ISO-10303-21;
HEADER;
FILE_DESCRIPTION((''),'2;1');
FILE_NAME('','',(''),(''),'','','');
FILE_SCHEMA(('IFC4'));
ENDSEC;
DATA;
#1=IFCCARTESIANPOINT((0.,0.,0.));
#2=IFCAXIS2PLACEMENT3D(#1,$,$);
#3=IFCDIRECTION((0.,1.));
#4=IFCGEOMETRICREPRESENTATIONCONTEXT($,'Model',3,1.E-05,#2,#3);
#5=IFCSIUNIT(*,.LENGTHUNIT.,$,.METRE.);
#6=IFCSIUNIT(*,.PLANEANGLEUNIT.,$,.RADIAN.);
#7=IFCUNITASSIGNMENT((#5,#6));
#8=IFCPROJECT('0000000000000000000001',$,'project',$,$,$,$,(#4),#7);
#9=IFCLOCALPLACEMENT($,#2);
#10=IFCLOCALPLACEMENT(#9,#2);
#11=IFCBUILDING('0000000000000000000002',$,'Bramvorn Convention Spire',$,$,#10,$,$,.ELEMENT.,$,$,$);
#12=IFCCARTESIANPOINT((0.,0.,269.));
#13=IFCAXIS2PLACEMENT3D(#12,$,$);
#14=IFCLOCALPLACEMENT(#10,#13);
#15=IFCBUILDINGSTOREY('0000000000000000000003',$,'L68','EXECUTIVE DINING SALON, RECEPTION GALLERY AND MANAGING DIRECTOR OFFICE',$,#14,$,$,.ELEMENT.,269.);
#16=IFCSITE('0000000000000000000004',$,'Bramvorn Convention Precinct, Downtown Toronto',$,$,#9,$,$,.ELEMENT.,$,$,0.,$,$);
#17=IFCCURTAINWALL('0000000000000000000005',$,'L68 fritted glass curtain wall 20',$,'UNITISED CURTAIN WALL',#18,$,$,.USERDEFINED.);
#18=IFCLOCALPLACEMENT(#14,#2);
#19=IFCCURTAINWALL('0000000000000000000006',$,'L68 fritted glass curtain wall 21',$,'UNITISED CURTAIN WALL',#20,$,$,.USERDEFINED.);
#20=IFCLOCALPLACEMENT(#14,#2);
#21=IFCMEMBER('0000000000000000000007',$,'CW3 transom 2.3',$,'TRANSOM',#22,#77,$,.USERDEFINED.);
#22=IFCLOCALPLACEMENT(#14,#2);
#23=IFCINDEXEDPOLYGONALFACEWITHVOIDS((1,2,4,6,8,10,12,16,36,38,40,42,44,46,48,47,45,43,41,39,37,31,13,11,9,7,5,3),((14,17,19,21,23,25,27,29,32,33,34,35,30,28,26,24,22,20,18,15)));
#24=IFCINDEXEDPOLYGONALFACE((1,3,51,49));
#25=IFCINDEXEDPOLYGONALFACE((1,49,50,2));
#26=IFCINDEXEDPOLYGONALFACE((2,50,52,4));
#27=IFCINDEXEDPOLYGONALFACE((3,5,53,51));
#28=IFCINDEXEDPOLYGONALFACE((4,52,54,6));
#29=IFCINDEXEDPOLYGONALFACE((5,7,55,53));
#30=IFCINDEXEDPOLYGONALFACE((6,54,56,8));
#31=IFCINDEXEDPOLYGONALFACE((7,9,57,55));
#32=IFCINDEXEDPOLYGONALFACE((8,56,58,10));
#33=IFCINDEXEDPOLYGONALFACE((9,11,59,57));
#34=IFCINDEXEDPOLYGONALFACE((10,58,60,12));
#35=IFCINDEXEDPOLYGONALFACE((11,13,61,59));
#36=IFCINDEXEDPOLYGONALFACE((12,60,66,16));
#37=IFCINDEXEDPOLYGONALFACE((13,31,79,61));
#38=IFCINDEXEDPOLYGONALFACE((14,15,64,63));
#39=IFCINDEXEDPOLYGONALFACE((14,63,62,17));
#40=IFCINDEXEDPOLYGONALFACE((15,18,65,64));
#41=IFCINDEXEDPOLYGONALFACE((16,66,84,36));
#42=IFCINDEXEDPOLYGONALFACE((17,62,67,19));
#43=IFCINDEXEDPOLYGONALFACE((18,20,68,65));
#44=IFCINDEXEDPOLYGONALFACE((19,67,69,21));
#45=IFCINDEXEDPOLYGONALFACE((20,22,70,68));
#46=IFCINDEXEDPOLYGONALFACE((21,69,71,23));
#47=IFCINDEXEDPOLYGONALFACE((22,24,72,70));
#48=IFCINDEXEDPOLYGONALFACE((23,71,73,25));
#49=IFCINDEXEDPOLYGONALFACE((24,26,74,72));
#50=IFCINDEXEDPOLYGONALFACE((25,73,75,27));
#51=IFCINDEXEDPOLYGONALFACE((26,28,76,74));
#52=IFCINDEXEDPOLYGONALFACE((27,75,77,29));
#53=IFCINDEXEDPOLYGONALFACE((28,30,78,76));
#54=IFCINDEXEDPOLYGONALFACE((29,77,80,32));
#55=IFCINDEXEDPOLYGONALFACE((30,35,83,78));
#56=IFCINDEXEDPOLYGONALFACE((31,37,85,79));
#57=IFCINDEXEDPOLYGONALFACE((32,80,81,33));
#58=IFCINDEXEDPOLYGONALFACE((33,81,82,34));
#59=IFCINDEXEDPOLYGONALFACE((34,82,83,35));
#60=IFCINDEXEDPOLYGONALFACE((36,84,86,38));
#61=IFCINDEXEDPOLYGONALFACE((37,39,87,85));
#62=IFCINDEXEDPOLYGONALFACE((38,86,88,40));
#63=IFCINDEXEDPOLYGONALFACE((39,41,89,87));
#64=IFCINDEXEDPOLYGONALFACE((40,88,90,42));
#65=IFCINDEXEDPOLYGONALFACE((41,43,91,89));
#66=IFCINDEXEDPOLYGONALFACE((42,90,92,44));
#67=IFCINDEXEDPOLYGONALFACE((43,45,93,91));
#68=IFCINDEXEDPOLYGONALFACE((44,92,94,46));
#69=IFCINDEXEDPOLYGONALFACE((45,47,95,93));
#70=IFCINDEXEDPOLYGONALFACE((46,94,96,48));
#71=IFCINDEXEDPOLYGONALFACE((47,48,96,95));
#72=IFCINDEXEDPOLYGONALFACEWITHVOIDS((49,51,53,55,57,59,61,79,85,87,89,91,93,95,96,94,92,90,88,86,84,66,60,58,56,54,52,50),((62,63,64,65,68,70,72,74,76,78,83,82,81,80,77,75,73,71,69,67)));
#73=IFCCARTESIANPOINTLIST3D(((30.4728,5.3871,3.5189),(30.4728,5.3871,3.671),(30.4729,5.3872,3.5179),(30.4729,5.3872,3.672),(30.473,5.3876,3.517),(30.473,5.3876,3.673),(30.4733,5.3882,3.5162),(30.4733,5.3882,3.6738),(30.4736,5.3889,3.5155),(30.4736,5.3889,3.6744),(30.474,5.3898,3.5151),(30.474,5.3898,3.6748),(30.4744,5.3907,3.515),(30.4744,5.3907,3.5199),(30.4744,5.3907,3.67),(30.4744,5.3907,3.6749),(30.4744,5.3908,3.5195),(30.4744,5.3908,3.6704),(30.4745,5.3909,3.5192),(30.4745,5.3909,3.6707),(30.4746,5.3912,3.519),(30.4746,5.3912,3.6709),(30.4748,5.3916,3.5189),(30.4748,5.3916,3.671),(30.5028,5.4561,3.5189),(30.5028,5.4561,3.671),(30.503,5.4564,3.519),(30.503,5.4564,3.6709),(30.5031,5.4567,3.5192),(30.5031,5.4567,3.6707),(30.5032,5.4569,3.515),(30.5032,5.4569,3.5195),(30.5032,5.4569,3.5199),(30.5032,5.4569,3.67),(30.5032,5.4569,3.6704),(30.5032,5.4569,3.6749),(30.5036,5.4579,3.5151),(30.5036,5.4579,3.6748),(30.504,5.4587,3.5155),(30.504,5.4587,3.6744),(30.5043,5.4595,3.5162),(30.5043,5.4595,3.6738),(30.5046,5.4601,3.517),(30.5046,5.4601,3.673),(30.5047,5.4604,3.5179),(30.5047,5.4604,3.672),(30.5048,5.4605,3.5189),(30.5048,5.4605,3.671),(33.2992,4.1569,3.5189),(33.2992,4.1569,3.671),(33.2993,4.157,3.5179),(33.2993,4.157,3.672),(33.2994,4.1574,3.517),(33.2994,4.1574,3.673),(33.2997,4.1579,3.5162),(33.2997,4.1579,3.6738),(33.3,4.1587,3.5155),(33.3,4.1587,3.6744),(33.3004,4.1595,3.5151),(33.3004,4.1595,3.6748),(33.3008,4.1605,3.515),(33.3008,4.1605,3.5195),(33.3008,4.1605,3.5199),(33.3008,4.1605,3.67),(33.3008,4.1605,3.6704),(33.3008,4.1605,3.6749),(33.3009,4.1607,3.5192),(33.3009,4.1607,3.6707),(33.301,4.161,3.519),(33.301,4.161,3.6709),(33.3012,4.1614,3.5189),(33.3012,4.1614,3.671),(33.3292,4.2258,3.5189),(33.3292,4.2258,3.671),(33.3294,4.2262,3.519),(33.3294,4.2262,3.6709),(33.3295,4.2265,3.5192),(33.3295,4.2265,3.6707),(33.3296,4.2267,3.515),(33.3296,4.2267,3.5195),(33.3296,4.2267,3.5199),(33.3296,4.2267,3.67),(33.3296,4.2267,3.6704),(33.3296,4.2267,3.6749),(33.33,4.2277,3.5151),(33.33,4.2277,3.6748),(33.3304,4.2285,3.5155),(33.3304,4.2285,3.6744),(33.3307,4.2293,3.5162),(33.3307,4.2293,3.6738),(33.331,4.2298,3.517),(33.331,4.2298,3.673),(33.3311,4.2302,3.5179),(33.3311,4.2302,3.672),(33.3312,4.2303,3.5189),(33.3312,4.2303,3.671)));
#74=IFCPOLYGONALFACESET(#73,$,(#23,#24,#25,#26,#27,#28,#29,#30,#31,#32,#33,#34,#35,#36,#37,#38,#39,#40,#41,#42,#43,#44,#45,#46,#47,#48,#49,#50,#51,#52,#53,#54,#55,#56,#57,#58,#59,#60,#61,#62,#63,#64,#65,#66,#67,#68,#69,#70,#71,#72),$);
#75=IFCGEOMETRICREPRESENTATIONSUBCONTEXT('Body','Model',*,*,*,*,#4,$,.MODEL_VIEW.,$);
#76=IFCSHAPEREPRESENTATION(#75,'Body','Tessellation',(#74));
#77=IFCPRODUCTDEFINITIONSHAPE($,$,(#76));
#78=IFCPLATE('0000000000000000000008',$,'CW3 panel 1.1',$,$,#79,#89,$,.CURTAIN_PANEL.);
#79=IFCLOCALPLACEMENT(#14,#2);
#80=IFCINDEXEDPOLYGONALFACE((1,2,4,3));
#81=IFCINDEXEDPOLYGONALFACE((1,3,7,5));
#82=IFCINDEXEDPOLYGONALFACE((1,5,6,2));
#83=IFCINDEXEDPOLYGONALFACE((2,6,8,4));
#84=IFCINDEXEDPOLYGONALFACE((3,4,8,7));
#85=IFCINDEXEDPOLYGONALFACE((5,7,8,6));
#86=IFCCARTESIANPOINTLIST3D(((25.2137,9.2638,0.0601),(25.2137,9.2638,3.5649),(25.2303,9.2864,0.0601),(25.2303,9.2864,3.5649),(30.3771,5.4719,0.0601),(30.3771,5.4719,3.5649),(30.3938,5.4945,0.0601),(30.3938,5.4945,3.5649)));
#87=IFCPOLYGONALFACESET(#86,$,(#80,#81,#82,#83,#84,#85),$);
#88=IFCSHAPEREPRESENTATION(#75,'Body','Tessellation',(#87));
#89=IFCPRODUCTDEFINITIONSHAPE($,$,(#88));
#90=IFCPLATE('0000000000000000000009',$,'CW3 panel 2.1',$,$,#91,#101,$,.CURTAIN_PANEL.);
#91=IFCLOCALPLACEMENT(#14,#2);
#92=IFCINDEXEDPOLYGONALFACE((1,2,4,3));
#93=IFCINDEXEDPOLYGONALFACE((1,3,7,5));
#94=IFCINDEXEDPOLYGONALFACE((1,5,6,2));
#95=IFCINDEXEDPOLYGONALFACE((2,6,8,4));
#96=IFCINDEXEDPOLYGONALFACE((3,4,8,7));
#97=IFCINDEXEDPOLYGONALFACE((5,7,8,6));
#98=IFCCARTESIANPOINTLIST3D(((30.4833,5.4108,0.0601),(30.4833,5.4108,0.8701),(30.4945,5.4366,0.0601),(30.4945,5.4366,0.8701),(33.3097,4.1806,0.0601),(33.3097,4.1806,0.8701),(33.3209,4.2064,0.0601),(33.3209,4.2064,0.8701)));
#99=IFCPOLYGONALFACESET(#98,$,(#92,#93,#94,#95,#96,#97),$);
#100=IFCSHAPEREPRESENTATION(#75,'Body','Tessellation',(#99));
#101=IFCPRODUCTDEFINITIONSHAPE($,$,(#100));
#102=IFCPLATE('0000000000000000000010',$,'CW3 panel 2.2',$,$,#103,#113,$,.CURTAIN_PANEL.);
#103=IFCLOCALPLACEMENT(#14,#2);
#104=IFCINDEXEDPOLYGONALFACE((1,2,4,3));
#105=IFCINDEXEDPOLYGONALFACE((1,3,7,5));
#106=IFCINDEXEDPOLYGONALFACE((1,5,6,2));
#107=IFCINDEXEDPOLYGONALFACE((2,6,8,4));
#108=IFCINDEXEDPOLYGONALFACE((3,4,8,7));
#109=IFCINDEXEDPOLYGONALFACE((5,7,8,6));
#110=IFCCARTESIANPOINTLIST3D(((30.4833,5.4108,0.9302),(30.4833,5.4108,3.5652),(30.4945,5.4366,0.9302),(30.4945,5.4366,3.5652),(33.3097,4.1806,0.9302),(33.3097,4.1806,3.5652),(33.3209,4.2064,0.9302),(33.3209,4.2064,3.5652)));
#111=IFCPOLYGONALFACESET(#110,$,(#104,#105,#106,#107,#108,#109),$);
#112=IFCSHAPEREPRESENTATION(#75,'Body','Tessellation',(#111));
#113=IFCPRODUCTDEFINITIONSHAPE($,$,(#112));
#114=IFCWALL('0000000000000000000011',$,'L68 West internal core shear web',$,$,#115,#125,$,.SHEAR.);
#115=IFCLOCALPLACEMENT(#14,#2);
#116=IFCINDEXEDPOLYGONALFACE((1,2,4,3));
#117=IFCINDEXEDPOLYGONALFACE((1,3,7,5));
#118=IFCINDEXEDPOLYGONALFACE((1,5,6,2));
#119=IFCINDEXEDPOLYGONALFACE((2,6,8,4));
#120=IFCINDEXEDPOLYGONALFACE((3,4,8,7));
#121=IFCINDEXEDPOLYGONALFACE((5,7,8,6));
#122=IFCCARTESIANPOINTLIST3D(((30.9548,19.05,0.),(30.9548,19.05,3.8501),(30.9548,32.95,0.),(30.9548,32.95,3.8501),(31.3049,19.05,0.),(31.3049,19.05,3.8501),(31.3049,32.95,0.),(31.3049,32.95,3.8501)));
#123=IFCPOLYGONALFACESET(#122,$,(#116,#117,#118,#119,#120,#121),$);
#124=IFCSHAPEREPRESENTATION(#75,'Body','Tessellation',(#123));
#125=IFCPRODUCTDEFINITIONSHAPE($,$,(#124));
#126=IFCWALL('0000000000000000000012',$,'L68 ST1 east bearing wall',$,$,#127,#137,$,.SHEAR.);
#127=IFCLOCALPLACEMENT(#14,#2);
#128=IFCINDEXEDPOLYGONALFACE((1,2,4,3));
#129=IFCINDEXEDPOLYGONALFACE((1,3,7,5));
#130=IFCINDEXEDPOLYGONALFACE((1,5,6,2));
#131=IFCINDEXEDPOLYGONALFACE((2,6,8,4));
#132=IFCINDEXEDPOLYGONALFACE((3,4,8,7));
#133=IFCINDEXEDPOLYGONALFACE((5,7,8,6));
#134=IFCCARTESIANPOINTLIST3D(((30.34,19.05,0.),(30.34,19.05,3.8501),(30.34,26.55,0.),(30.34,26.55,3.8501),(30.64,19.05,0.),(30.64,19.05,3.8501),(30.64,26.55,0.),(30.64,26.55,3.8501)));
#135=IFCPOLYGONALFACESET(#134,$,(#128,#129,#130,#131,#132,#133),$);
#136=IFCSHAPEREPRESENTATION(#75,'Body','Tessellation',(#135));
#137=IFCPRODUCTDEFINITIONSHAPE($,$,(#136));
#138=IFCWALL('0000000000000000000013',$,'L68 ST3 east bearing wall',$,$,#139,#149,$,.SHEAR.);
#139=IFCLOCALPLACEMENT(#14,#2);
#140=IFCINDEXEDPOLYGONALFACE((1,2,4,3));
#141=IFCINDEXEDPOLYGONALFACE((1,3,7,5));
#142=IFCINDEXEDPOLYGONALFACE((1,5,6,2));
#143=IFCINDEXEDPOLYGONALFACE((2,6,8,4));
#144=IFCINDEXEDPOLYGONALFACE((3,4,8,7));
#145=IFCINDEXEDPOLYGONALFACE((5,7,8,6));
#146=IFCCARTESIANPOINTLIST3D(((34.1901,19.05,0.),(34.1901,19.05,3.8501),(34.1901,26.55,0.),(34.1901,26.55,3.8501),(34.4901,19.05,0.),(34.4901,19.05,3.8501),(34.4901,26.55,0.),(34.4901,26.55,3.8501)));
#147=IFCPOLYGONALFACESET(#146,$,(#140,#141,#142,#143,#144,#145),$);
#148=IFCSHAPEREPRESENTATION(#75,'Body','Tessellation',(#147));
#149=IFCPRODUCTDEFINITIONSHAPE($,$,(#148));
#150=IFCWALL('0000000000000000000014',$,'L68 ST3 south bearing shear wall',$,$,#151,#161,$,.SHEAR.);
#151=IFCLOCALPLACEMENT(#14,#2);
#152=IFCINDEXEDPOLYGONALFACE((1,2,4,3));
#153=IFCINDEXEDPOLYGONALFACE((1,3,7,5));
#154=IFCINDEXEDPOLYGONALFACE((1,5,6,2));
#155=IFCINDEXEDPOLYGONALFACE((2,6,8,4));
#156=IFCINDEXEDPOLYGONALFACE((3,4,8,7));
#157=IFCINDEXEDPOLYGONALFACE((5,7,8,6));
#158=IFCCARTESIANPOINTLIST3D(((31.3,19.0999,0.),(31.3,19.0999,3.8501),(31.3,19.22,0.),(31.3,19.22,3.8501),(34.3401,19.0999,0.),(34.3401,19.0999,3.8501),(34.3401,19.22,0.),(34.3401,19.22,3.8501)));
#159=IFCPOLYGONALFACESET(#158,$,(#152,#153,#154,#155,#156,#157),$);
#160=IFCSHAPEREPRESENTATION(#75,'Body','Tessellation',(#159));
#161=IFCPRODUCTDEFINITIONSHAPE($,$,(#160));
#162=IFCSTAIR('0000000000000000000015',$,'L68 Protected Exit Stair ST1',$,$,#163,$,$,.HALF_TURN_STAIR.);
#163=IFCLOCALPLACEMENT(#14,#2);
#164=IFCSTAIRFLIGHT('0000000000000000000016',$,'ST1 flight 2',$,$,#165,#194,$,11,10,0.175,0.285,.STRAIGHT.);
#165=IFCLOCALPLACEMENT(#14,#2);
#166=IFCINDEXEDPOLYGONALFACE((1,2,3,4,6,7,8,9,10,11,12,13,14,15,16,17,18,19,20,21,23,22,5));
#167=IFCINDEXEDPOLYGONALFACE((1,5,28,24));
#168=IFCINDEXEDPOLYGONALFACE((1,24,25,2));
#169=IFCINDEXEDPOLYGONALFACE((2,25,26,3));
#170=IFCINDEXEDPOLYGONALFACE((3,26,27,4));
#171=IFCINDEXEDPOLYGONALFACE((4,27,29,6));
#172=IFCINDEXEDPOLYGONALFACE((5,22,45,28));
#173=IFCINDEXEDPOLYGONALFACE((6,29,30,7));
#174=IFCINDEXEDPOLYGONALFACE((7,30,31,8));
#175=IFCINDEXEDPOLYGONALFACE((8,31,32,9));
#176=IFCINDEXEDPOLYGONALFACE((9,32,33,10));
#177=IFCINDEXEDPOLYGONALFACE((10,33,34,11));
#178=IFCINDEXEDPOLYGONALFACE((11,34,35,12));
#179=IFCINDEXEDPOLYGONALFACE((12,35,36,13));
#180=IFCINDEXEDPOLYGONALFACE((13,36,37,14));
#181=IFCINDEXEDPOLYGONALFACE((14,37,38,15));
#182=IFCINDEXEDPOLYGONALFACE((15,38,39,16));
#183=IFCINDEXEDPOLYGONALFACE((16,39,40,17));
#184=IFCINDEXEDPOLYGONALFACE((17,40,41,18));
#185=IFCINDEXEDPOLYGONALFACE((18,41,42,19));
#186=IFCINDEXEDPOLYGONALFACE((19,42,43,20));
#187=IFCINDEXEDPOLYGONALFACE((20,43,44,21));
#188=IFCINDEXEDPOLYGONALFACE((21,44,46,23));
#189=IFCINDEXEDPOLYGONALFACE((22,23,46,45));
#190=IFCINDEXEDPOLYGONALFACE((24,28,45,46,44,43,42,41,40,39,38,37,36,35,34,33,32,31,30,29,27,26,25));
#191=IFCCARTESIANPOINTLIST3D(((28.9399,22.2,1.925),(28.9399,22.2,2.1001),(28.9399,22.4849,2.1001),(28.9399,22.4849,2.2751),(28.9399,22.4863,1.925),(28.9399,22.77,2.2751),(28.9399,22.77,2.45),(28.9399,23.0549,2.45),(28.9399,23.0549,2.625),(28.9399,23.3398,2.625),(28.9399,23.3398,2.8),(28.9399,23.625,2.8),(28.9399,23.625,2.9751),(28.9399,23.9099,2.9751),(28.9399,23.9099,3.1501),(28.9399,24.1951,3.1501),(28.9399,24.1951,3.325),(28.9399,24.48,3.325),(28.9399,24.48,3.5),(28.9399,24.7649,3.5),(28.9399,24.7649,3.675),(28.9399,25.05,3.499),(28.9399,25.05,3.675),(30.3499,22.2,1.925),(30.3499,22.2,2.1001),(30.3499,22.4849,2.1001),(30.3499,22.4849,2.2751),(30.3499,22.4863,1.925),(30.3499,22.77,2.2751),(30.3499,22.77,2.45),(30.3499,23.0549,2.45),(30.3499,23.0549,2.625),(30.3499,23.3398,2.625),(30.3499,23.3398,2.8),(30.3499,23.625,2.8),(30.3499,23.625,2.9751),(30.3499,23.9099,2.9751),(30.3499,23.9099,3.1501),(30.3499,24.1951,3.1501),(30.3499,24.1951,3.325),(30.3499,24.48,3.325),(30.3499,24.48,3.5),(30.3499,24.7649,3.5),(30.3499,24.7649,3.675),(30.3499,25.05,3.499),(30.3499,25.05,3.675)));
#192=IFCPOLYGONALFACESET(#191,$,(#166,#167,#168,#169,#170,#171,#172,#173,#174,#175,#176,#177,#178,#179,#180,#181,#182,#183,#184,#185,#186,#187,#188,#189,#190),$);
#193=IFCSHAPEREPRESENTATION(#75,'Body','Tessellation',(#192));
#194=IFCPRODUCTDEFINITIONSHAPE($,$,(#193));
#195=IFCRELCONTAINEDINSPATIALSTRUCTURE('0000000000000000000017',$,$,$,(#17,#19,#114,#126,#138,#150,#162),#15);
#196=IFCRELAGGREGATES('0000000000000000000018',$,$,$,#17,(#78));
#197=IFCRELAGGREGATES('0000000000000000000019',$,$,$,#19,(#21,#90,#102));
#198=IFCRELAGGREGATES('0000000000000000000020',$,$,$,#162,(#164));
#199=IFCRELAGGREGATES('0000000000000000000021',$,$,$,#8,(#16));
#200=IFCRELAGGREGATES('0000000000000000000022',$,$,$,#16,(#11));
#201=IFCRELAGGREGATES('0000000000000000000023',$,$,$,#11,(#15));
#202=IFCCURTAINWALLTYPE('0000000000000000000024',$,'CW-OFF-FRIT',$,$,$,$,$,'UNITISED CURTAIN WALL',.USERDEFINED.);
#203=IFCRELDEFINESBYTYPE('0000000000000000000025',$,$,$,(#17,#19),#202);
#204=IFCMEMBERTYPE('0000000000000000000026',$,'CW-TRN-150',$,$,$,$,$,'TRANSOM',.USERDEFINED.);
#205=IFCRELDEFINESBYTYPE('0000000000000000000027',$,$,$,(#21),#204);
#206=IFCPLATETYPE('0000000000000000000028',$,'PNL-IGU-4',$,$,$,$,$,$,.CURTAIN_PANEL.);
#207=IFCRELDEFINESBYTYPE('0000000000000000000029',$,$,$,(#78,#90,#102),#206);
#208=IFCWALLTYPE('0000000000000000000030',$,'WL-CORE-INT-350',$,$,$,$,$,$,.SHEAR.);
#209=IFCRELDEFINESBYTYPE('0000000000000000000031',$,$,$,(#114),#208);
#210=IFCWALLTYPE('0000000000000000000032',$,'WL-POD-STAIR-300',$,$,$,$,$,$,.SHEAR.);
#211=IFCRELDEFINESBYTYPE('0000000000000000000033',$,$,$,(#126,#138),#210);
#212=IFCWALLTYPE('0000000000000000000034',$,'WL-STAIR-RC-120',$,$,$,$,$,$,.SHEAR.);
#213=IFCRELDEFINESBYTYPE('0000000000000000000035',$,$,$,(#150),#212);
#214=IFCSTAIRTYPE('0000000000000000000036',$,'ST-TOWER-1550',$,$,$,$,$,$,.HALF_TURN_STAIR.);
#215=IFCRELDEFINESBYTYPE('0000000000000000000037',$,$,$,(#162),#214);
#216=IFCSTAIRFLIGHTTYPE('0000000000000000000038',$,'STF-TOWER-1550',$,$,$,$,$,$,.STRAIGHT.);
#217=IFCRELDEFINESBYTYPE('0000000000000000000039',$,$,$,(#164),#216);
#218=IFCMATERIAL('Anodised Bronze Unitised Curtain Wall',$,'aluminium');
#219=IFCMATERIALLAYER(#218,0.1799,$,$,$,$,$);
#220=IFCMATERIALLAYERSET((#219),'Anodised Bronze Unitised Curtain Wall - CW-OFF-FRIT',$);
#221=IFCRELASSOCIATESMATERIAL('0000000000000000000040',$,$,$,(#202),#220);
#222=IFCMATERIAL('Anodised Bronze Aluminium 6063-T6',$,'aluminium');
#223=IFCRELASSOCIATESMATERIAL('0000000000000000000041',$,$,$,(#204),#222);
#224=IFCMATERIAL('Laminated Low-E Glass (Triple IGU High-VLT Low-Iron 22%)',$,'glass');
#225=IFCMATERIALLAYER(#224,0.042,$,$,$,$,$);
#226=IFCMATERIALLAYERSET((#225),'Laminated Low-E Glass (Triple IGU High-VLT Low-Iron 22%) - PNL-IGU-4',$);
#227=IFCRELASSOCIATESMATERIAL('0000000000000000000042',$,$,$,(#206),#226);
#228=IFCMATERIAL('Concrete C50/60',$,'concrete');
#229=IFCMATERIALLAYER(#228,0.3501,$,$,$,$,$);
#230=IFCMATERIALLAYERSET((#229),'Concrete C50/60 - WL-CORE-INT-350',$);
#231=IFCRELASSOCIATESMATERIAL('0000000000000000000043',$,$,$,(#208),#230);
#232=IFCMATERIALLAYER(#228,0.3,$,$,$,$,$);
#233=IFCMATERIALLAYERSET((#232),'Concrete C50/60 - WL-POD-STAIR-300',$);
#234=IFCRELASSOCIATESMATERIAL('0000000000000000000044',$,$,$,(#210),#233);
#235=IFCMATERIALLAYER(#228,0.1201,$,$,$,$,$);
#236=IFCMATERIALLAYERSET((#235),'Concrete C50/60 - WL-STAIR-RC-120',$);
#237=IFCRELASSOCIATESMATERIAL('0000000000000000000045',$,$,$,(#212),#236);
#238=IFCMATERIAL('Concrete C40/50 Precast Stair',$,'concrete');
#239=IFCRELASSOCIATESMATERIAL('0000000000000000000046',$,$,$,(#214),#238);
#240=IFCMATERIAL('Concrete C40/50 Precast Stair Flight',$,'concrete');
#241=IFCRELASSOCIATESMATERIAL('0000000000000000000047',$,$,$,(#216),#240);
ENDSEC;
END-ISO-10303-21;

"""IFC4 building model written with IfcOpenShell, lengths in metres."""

from ifc_helpers import new_model, si_unit, direction, frame, frame_2d, origin, origin_2d, place, context, subcontext, project, spatial, polyline, rectangle, hollow_rectangle, outline, extrude, material, layer, layer_set, material_profile, profile_set, type_object, element, aggregate, save


model = new_model("IFC4")

# Units and contexts
model_context = context("Model", 3, precision=1e-05, world=origin(), true_north=direction((0.0, 1.0)))
body_context = subcontext(model_context, "Body", "Model", "MODEL_VIEW")
ifc_project = project(units=[si_unit("LENGTHUNIT", "METRE"), si_unit("PLANEANGLEUNIT", "RADIAN")], contexts=[model_context])

# Site, building, storey
site_placement = place(None, origin())
site = spatial("IfcSite", under=ifc_project, at=site_placement, Name="Bramvorn Convention Precinct, Downtown Toronto", CompositionType="ELEMENT", RefElevation=0.0)
building_placement = place(site_placement, origin())
building = spatial("IfcBuilding", under=site, at=building_placement, Name="Bramvorn Convention Spire", CompositionType="ELEMENT")
storey_placement = place(building_placement, frame((0.0, 0.0, 269.0)))
storey = spatial("IfcBuildingStorey", under=building, at=storey_placement, Name="L68", Description="EXECUTIVE DINING SALON, RECEPTION GALLERY AND MANAGING DIRECTOR OFFICE", CompositionType="ELEMENT", Elevation=269.0)

# Curtain wall
ifc_material_1 = material(Name="Anodised Bronze Unitised Curtain Wall", Category="aluminium")
ifc_layer_1 = layer(ifc_material_1, 0.1799)
ifc_layer_set_1 = layer_set([ifc_layer_1], Name="Anodised Bronze Unitised Curtain Wall - CW-OFF-FRIT")
curtain_wall_type = type_object("IfcCurtainWallType", Name="CW-OFF-FRIT", ElementType="UNITISED CURTAIN WALL", PredefinedType="USERDEFINED", material=ifc_layer_set_1)
curtain_wall_1_placement = place(storey_placement, origin())
curtain_wall_1 = element("IfcCurtainWall", 1, at=curtain_wall_1_placement, inside=storey, type_object=curtain_wall_type, Name="L68 fritted glass curtain wall 20", ObjectType="UNITISED CURTAIN WALL", PredefinedType="USERDEFINED")
ifc_material_2 = material(Name="Anodised Bronze Aluminium 6063-T6", Category="aluminium")

# Curtain wall
curtain_wall_2_placement = place(storey_placement, origin())
curtain_wall_2 = element("IfcCurtainWall", 2, at=curtain_wall_2_placement, inside=storey, type_object=curtain_wall_type, Name="L68 fritted glass curtain wall 21", ObjectType="UNITISED CURTAIN WALL", PredefinedType="USERDEFINED")

# Member
ifc_material_profile_1 = material_profile(ifc_material_2, hollow_rectangle(XDim=0.0801, YDim=0.1599, WallThickness=0.0039, InnerFilletRadius=0.001, OuterFilletRadius=0.0039, at=origin_2d()))
ifc_profile_set_1 = profile_set([ifc_material_profile_1], Name="Anodised Bronze Aluminium 6063-T6 - CWT80X160")
member_type_1 = type_object("IfcMemberType", Name="CW-TRN-150", ElementType="TRANSOM", PredefinedType="USERDEFINED", material=ifc_profile_set_1)
member_1_placement = place(storey_placement, frame((33.3152, 4.1936, 3.595), z_axis=(-0.91691, 0.399094, 0.0), x_axis=(-0.399094, -0.91691, 0.0)))
member_1 = element("IfcMember", 3, at=member_1_placement, type_object=member_type_1, Name="CW3 transom 2.3", ObjectType="TRANSOM", PredefinedType="USERDEFINED", context=body_context, shape_type="SweptSolid", body=[
    extrude(hollow_rectangle(XDim=0.0801, YDim=0.1599, WallThickness=0.0039, InnerFilletRadius=0.001, OuterFilletRadius=0.0039, at=origin_2d()), origin(), (0.0, 0.0, 1.0), 3.0825),
])

# Plates
ifc_material_3 = material(Name="Laminated Low-E Glass (Triple IGU High-VLT Low-Iron 22%)", Category="glass")
ifc_layer_2 = layer(ifc_material_3, 0.042)
ifc_layer_set_2 = layer_set([ifc_layer_2], Name="Laminated Low-E Glass (Triple IGU High-VLT Low-Iron 22%) - PNL-IGU-4")
plate_type = type_object("IfcPlateType", Name="PNL-IGU-4", PredefinedType="CURTAIN_PANEL", material=ifc_layer_set_2)
plate_1_placement = place(storey_placement, frame((27.8037, 7.3792, 0.0601), z_axis=(0.0, 0.0, 1.0), x_axis=(-0.806009, 0.591904, 0.0)))
plate_1 = element("IfcPlate", 4, at=plate_1_placement, type_object=plate_type, Name="CW3 panel 1.1", PredefinedType="CURTAIN_PANEL", context=body_context, shape_type="SweptSolid", body=[
    extrude(rectangle(XDim=6.4062, YDim=0.0281, at=origin_2d()), origin(), (0.0, 0.0, 1.0), 3.5049),
])
aggregate(curtain_wall_1, [plate_1])
plate_2_placement = place(storey_placement, frame((31.9021, 4.8086, 0.0601), z_axis=(0.0, 0.0, 1.0), x_axis=(-0.916912, 0.399089, 0.0)))
plate_2 = element("IfcPlate", 5, at=plate_2_placement, type_object=plate_type, Name="CW3 panel 2.1", PredefinedType="CURTAIN_PANEL", context=body_context, shape_type="SweptSolid", body=[
    extrude(rectangle(XDim=3.0825, YDim=0.0281, at=origin_2d()), origin(), (0.0, 0.0, 1.0), 0.8101),
])
plate_3_placement = place(storey_placement, frame((31.9021, 4.8086, 0.9302), z_axis=(0.0, 0.0, 1.0), x_axis=(-0.916912, 0.399089, 0.0)))
plate_3 = element("IfcPlate", 6, at=plate_3_placement, type_object=plate_type, Name="CW3 panel 2.2", PredefinedType="CURTAIN_PANEL", context=body_context, shape_type="SweptSolid", body=[
    extrude(rectangle(XDim=3.0825, YDim=0.0281, at=origin_2d()), origin(), (0.0, 0.0, 1.0), 2.635),
])
aggregate(curtain_wall_2, [member_1, plate_2, plate_3])

# Walls
ifc_material_4 = material(Name="Concrete C50/60", Category="concrete")
ifc_layer_3 = layer(ifc_material_4, 0.3501)
ifc_layer_set_3 = layer_set([ifc_layer_3], Name="Concrete C50/60 - WL-CORE-INT-350")
wall_type_1 = type_object("IfcWallType", Name="WL-CORE-INT-350", PredefinedType="SHEAR", material=ifc_layer_set_3)
wall_1_placement = place(storey_placement, frame((31.1299, 19.05, 0.0), z_axis=(0.0, 0.0, 1.0), x_axis=(0.0, 1.0, 0.0)))
element("IfcWall", 7, at=wall_1_placement, inside=storey, type_object=wall_type_1, Name="L68 West internal core shear web", PredefinedType="SHEAR", context=body_context, shape_type="SweptSolid", body=[
    extrude(rectangle(XDim=13.8999, YDim=0.3501, at=frame_2d((6.95, 0.0))), origin(), (0.0, 0.0, 1.0), 3.8501),
])
ifc_layer_4 = layer(ifc_material_4, 0.3)
ifc_layer_set_4 = layer_set([ifc_layer_4], Name="Concrete C50/60 - WL-POD-STAIR-300")
wall_type_2 = type_object("IfcWallType", Name="WL-POD-STAIR-300", PredefinedType="SHEAR", material=ifc_layer_set_4)
for number, where, z_axis, x_axis, name in (
    (8, (30.49, 19.05, 0.0), (0.0, 0.0, 1.0), (0.0, 1.0, 0.0), "L68 ST1 east bearing wall"),
    (9, (34.3401, 19.05, 0.0), (0.0, 0.0, 1.0), (0.0, 1.0, 0.0), "L68 ST3 east bearing wall"),
):
    element("IfcWall", number, at=place(storey_placement, frame(where, z_axis=z_axis, x_axis=x_axis)), inside=storey, type_object=wall_type_2, Name=name, PredefinedType="SHEAR", context=body_context, shape_type="SweptSolid", body=[
        extrude(rectangle(XDim=7.5, YDim=0.3, at=frame_2d((3.75, 0.0))), origin(), (0.0, 0.0, 1.0), 3.8501),
    ])
ifc_layer_5 = layer(ifc_material_4, 0.1201)
ifc_layer_set_5 = layer_set([ifc_layer_5], Name="Concrete C50/60 - WL-STAIR-RC-120")
wall_type_3 = type_object("IfcWallType", Name="WL-STAIR-RC-120", PredefinedType="SHEAR", material=ifc_layer_set_5)
wall_2_placement = place(storey_placement, frame((31.3, 19.1599, 0.0), z_axis=(0.0, 0.0, 1.0), x_axis=(1.0, 0.0, 0.0)))
element("IfcWall", 10, at=wall_2_placement, inside=storey, type_object=wall_type_3, Name="L68 ST3 south bearing shear wall", PredefinedType="SHEAR", context=body_context, shape_type="SweptSolid", body=[
    extrude(rectangle(XDim=3.04, YDim=0.1201, at=frame_2d((1.52, 0.0))), origin(), (0.0, 0.0, 1.0), 3.8501),
])

# Stair, stair flight
ifc_material_5 = material(Name="Concrete C40/50 Precast Stair", Category="concrete")
stair_type = type_object("IfcStairType", Name="ST-TOWER-1550", PredefinedType="HALF_TURN_STAIR", material=ifc_material_5)
stair_1_placement = place(storey_placement, origin())
stair_1 = element("IfcStair", 11, at=stair_1_placement, inside=storey, type_object=stair_type, Name="L68 Protected Exit Stair ST1", PredefinedType="HALF_TURN_STAIR")
ifc_material_6 = material(Name="Concrete C40/50 Precast Stair Flight", Category="concrete")
stair_flight_type = type_object("IfcStairFlightType", Name="STF-TOWER-1550", PredefinedType="STRAIGHT", material=ifc_material_6)
stair_flight_1_placement = place(storey_placement, frame((29.645, 22.2, 1.925), z_axis=(0.0, 0.0, 1.0), x_axis=(0.0, 1.0, 0.0)))
stair_flight_1 = element("IfcStairFlight", 12, at=stair_flight_1_placement, type_object=stair_flight_type, Name="ST1 flight 2", NumberOfRisers=11, NumberOfTreads=10, PredefinedType="STRAIGHT", RiserHeight=0.175, TreadLength=0.285, context=body_context, shape_type="SweptSolid", body=[
    extrude(outline(polyline([(0.0, 0.0), (0.0, 0.175), (0.2849, 0.175), (0.2849, 0.3501), (0.5701, 0.3501), (0.5701, 0.5249), (0.855, 0.5249), (0.855, 0.7), (1.1399, 0.7), (1.1399, 0.875), (1.425, 0.875), (1.425, 1.05), (1.71, 1.05), (1.71, 1.2251), (1.9951, 1.2251), (1.9951, 1.3999), (2.28, 1.3999), (2.28, 1.575), (2.5649, 1.575), (2.5649, 1.75), (2.8501, 1.75), (2.8501, 1.925), (2.8501, 1.574), (0.2864, 0.0), (0.0, 0.0)])), frame((0.0, 0.7051, 0.0), z_axis=(0.0, -1.0, 0.0), x_axis=(1.0, 0.0, 0.0)), (0.0, 0.0, 1.0), 1.4099),
])
aggregate(stair_1, [stair_flight_1])

save(model, "model.ifc")
